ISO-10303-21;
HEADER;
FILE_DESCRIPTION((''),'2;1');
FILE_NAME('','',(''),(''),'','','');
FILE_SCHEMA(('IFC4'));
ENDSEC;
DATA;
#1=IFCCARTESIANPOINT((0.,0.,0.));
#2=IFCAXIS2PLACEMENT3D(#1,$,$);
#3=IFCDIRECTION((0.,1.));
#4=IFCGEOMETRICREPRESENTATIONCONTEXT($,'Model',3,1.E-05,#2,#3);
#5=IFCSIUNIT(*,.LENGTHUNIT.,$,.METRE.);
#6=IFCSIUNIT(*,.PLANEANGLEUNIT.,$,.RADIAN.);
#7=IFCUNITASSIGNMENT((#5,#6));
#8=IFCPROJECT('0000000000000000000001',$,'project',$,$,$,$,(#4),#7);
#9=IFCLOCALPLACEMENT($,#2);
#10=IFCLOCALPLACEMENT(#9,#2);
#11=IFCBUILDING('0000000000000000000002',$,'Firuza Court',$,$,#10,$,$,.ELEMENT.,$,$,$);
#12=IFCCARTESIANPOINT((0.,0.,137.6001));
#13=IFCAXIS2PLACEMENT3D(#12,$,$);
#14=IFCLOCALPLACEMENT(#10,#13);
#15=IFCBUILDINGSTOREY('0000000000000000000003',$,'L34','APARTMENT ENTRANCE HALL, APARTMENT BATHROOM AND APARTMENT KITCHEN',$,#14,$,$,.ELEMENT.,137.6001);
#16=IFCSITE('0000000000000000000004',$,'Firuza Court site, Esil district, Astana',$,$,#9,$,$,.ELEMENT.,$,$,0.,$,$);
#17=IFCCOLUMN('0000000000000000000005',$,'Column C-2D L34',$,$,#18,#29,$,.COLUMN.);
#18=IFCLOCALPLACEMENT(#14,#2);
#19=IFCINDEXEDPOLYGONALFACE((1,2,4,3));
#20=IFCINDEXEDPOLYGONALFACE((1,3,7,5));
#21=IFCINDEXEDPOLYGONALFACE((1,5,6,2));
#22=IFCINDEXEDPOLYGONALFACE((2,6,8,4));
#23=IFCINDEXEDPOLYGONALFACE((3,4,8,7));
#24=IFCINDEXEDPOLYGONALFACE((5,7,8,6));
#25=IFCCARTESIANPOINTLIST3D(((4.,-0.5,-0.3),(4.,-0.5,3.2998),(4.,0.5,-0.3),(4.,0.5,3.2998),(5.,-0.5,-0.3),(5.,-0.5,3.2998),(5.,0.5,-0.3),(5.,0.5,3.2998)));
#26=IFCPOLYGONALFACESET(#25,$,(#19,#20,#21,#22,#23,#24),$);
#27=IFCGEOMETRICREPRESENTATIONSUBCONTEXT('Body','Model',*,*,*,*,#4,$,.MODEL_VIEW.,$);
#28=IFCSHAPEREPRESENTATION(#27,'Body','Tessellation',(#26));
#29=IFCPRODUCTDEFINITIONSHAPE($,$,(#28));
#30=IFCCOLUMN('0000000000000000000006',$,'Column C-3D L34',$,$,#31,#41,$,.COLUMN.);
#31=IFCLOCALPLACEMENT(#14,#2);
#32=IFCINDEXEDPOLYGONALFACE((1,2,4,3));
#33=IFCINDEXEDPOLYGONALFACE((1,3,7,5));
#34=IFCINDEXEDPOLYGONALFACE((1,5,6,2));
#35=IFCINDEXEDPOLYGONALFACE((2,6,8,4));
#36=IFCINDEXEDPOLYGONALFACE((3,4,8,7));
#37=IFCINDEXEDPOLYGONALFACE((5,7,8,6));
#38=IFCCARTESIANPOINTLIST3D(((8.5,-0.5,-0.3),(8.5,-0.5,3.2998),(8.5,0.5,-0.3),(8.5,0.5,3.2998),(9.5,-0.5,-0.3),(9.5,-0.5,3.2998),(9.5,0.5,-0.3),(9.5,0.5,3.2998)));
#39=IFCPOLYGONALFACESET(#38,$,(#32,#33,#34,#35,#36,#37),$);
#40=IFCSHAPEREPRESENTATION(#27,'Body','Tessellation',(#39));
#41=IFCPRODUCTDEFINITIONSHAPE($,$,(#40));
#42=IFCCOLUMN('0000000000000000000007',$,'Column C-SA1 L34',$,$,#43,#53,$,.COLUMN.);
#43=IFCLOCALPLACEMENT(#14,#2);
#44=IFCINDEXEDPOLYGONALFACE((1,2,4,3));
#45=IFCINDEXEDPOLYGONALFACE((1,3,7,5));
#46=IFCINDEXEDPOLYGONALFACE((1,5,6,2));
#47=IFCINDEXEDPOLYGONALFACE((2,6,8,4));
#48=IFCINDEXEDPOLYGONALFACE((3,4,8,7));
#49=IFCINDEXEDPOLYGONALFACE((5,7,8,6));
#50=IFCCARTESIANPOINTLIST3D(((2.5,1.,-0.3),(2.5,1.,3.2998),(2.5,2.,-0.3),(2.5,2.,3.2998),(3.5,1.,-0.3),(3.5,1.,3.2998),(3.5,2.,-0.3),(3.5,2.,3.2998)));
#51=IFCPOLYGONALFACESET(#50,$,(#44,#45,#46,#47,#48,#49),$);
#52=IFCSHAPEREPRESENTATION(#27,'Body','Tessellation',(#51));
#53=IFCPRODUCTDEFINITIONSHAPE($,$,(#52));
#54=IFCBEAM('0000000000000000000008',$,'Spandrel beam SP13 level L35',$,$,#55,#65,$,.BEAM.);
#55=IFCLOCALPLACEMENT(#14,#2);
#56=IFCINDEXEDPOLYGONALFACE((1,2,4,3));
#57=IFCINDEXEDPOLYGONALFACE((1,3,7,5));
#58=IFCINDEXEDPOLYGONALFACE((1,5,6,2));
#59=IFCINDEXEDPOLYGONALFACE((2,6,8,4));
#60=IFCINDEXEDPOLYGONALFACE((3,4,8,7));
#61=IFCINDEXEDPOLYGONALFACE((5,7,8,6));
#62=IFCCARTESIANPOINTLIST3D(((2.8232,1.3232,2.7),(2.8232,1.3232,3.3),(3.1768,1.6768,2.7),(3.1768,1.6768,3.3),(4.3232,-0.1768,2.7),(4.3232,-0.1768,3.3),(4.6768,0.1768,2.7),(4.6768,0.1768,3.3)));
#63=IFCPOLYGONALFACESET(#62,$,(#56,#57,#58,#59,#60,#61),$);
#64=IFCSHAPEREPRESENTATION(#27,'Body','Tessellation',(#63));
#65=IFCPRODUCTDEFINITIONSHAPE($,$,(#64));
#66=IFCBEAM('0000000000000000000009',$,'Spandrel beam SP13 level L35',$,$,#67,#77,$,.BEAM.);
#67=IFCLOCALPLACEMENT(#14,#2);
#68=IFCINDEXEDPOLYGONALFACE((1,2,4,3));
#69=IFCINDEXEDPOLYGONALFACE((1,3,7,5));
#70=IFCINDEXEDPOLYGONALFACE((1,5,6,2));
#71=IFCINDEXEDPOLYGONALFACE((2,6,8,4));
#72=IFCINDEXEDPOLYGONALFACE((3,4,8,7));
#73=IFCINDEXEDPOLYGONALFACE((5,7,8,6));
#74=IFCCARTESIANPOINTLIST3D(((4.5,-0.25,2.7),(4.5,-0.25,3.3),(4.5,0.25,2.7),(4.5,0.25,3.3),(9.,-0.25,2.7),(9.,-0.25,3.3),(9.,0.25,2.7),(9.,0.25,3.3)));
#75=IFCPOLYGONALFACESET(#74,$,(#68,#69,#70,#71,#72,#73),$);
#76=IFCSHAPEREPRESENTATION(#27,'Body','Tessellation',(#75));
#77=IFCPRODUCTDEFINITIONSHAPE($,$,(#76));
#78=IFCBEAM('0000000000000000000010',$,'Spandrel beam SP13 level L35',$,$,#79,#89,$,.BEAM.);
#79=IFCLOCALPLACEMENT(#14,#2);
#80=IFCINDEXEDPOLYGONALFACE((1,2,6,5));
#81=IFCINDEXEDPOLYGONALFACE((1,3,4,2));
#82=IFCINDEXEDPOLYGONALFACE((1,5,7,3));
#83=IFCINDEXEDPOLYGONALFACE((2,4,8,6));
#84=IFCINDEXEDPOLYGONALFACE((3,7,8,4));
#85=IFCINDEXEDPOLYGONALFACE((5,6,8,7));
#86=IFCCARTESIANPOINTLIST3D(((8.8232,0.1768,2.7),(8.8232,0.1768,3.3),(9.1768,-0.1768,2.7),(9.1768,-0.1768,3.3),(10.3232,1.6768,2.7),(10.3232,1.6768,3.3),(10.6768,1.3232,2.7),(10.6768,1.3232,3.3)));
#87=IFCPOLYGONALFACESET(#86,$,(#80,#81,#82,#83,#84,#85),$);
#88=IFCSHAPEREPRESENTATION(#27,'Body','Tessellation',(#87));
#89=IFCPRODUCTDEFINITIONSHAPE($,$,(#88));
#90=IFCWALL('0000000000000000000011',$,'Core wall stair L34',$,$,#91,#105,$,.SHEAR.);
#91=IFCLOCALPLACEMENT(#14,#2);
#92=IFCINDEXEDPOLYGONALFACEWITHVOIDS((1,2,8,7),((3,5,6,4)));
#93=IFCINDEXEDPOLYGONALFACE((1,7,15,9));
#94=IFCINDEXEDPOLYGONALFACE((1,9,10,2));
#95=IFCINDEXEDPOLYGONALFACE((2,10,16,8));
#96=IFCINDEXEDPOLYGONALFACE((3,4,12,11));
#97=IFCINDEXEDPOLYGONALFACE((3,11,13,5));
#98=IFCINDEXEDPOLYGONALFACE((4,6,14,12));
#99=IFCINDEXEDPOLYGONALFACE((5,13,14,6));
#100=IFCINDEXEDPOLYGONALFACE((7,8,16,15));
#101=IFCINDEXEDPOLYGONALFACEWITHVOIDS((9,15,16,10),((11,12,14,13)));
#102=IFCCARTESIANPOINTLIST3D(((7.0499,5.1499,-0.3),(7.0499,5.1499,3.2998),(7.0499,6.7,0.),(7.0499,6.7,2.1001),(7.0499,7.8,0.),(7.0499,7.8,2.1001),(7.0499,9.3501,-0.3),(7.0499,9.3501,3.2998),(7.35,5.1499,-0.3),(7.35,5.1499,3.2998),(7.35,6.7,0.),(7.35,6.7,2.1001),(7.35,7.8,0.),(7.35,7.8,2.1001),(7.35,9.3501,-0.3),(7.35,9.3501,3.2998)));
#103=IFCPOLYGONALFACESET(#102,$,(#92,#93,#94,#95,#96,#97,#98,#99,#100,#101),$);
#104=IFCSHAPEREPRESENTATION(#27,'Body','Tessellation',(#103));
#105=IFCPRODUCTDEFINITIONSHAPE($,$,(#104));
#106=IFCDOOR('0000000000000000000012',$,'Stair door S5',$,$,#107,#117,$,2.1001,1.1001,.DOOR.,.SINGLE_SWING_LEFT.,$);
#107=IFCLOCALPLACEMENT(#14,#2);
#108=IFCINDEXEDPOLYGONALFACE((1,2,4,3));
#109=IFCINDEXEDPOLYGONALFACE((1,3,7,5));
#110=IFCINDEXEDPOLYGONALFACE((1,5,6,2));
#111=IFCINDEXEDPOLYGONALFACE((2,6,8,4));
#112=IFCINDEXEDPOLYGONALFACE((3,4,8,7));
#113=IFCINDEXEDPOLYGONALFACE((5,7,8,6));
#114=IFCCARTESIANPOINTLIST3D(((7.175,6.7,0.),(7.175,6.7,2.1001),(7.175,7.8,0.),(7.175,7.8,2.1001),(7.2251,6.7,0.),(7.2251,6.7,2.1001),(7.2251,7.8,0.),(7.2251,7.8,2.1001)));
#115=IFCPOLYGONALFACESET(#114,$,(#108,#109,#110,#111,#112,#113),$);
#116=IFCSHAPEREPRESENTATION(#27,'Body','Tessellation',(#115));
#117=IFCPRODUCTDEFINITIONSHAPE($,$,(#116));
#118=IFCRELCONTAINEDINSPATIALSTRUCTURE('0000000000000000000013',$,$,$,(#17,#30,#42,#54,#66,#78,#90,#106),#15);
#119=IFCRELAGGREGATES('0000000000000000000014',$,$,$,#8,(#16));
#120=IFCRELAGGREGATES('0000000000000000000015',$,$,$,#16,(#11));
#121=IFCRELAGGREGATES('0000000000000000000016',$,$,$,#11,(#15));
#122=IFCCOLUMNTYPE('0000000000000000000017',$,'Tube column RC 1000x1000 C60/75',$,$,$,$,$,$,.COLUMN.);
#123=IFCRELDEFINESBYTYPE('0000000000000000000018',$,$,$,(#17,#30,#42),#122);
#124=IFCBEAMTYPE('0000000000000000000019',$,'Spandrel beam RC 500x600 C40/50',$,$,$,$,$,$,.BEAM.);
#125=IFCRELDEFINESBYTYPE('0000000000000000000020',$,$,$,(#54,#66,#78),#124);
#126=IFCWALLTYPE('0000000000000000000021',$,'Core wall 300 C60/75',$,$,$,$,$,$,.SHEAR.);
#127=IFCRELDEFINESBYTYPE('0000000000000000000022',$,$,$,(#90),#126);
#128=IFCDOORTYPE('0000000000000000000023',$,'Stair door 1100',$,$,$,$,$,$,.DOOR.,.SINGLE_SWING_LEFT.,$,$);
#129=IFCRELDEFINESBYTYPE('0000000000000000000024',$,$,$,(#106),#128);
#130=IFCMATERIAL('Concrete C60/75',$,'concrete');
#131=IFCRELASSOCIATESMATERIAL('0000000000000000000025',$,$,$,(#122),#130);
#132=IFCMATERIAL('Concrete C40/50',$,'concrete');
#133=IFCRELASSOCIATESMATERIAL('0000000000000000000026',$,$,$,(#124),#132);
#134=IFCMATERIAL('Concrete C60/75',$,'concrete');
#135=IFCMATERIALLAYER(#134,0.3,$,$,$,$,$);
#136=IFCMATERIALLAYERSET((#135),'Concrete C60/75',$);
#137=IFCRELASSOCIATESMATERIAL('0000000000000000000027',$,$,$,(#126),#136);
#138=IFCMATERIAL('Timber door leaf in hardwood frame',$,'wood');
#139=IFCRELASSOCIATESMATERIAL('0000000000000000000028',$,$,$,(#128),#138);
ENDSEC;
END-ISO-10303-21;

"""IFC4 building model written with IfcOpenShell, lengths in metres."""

from ifc_helpers import new_model, si_unit, direction, frame, frame_2d, origin, origin_2d, place, context, subcontext, project, spatial, rectangle, extrude, material, layer, layer_set, material_profile, profile_set, type_object, element, fill, save


model = new_model("IFC4")

# Units and contexts
model_context = context("Model", 3, precision=1e-05, world=origin(), true_north=direction((0.0, 1.0)))
body_context = subcontext(model_context, "Body", "Model", "MODEL_VIEW")
ifc_project = project(units=[si_unit("LENGTHUNIT", "METRE"), si_unit("PLANEANGLEUNIT", "RADIAN")], contexts=[model_context])

# Site, building, storey
site_placement = place(None, origin())
site = spatial("IfcSite", under=ifc_project, at=site_placement, Name="Firuza Court site, Esil district, Astana", CompositionType="ELEMENT", RefElevation=0.0)
building_placement = place(site_placement, origin())
building = spatial("IfcBuilding", under=site, at=building_placement, Name="Firuza Court", CompositionType="ELEMENT")
storey_placement = place(building_placement, frame((0.0, 0.0, 137.6001)))
storey = spatial("IfcBuildingStorey", under=building, at=storey_placement, Name="L34", Description="APARTMENT ENTRANCE HALL, APARTMENT BATHROOM AND APARTMENT KITCHEN", CompositionType="ELEMENT", Elevation=137.6001)

# Columns
ifc_material_1 = material(Name="Concrete C60/75", Category="concrete")
ifc_material_profile_1 = material_profile(ifc_material_1, rectangle(XDim=1.0, YDim=1.0, at=origin_2d()), Name="RC 1000x1000")
ifc_profile_set_1 = profile_set([ifc_material_profile_1], Name="Concrete C60/75")
column_type = type_object("IfcColumnType", Name="Tube column RC 1000x1000 C60/75", PredefinedType="COLUMN", material=ifc_profile_set_1)
for number, where, z_axis, x_axis, name in (
    (1, (4.5, 0.0, -0.3), (0.0, 0.0, 1.0), (1.0, 0.0, 0.0), "Column C-2D L34"),
    (2, (9.0, 0.0, -0.3), (0.0, 0.0, 1.0), (1.0, 0.0, 0.0), "Column C-3D L34"),
    (3, (3.0, 1.5, -0.3), (0.0, 0.0, 1.0), (1.0, 0.0, 0.0), "Column C-SA1 L34"),
):
    element("IfcColumn", number, at=place(storey_placement, frame(where, z_axis=z_axis, x_axis=x_axis)), inside=storey, type_object=column_type, Name=name, PredefinedType="COLUMN", context=body_context, shape_type="SweptSolid", body=[
        extrude(rectangle(XDim=1.0, YDim=1.0, at=origin_2d()), origin(), (0.0, 0.0, 1.0), 3.5999),
    ])

# Beams
ifc_material_2 = material(Name="Concrete C40/50", Category="concrete")
ifc_material_profile_2 = material_profile(ifc_material_2, rectangle(XDim=0.5, YDim=0.6001, at=origin_2d()), Name="RC 500x600")
ifc_profile_set_2 = profile_set([ifc_material_profile_2], Name="Concrete C40/50")
beam_type = type_object("IfcBeamType", Name="Spandrel beam RC 500x600 C40/50", PredefinedType="BEAM", material=ifc_profile_set_2)
beam_1_placement = place(storey_placement, frame((3.0, 1.5, 3.0), z_axis=(0.707107, -0.707107, 0.0), x_axis=(0.707107, 0.707107, 0.0)))
element("IfcBeam", 4, at=beam_1_placement, inside=storey, type_object=beam_type, Name="Spandrel beam SP13 level L35", PredefinedType="BEAM", context=body_context, shape_type="SweptSolid", body=[
    extrude(rectangle(XDim=0.5, YDim=0.6001, at=origin_2d()), origin(), (0.0, 0.0, 1.0), 2.1213),
])
beam_2_placement = place(storey_placement, frame((4.5, 0.0, 3.0), z_axis=(1.0, 0.0, 0.0), x_axis=(0.0, 1.0, 0.0)))
element("IfcBeam", 5, at=beam_2_placement, inside=storey, type_object=beam_type, Name="Spandrel beam SP13 level L35", PredefinedType="BEAM", context=body_context, shape_type="SweptSolid", body=[
    extrude(rectangle(XDim=0.5, YDim=0.6001, at=origin_2d()), origin(), (0.0, 0.0, 1.0), 4.5),
])
beam_3_placement = place(storey_placement, frame((9.0, 0.0, 3.0), z_axis=(0.707107, 0.707107, 0.0), x_axis=(-0.707107, 0.707107, 0.0)))
element("IfcBeam", 6, at=beam_3_placement, inside=storey, type_object=beam_type, Name="Spandrel beam SP13 level L35", PredefinedType="BEAM", context=body_context, shape_type="SweptSolid", body=[
    extrude(rectangle(XDim=0.5, YDim=0.6001, at=origin_2d()), origin(), (0.0, 0.0, 1.0), 2.1213),
])

# Wall, opening, door
ifc_material_3 = material(Name="Concrete C60/75", Category="concrete")
ifc_layer_1 = layer(ifc_material_3, 0.3)
ifc_layer_set_1 = layer_set([ifc_layer_1], Name="Concrete C60/75")
wall_type_1 = type_object("IfcWallType", Name="Core wall 300 C60/75", PredefinedType="SHEAR", material=ifc_layer_set_1)
wall_1_placement = place(storey_placement, frame((7.2, 5.1499, -0.3), z_axis=(0.0, 0.0, 1.0), x_axis=(0.0, 1.0, 0.0)))
wall_1 = element("IfcWall", 7, at=wall_1_placement, inside=storey, type_object=wall_type_1, Name="Core wall stair L34", PredefinedType="SHEAR", context=body_context, shape_type="SweptSolid", body=[
    extrude(rectangle(XDim=4.2002, YDim=0.3, at=frame_2d((2.1001, 0.0))), origin(), (0.0, 0.0, 1.0), 3.5999),
])
opening_1_placement = place(wall_1_placement, frame((1.55, 0.0, 0.3)))
opening_1 = element("IfcOpeningElement", 8, at=opening_1_placement, cuts=wall_1, PredefinedType="OPENING", context=body_context, shape_type="SweptSolid", body=[
    extrude(rectangle(XDim=1.1001, YDim=2.1001, at=frame_2d((0.55, 1.05))), frame((0.0, 0.1621, 0.0), z_axis=(0.0, -1.0, 0.0), x_axis=(1.0, 0.0, 0.0)), (0.0, 0.0, 1.0), 0.324),
])
ifc_material_4 = material(Name="Timber door leaf in hardwood frame", Category="wood")
door_type_1 = type_object("IfcDoorType", Name="Stair door 1100", OperationType="SINGLE_SWING_LEFT", PredefinedType="DOOR", material=ifc_material_4)
door_1_placement = place(opening_1_placement, origin())
door_1 = element("IfcDoor", 9, at=door_1_placement, inside=storey, type_object=door_type_1, Name="Stair door S5", OperationType="SINGLE_SWING_LEFT", OverallHeight=2.1001, OverallWidth=1.1001, PredefinedType="DOOR", context=body_context, shape_type="SweptSolid", body=[
    extrude(rectangle(XDim=1.1001, YDim=2.1001, at=frame_2d((0.55, 1.05))), frame((0.0, 0.0249, 0.0), z_axis=(0.0, -1.0, 0.0), x_axis=(1.0, 0.0, 0.0)), (0.0, 0.0, 1.0), 0.05),
])
fill(opening_1, door_1)

save(model, "model.ifc")
